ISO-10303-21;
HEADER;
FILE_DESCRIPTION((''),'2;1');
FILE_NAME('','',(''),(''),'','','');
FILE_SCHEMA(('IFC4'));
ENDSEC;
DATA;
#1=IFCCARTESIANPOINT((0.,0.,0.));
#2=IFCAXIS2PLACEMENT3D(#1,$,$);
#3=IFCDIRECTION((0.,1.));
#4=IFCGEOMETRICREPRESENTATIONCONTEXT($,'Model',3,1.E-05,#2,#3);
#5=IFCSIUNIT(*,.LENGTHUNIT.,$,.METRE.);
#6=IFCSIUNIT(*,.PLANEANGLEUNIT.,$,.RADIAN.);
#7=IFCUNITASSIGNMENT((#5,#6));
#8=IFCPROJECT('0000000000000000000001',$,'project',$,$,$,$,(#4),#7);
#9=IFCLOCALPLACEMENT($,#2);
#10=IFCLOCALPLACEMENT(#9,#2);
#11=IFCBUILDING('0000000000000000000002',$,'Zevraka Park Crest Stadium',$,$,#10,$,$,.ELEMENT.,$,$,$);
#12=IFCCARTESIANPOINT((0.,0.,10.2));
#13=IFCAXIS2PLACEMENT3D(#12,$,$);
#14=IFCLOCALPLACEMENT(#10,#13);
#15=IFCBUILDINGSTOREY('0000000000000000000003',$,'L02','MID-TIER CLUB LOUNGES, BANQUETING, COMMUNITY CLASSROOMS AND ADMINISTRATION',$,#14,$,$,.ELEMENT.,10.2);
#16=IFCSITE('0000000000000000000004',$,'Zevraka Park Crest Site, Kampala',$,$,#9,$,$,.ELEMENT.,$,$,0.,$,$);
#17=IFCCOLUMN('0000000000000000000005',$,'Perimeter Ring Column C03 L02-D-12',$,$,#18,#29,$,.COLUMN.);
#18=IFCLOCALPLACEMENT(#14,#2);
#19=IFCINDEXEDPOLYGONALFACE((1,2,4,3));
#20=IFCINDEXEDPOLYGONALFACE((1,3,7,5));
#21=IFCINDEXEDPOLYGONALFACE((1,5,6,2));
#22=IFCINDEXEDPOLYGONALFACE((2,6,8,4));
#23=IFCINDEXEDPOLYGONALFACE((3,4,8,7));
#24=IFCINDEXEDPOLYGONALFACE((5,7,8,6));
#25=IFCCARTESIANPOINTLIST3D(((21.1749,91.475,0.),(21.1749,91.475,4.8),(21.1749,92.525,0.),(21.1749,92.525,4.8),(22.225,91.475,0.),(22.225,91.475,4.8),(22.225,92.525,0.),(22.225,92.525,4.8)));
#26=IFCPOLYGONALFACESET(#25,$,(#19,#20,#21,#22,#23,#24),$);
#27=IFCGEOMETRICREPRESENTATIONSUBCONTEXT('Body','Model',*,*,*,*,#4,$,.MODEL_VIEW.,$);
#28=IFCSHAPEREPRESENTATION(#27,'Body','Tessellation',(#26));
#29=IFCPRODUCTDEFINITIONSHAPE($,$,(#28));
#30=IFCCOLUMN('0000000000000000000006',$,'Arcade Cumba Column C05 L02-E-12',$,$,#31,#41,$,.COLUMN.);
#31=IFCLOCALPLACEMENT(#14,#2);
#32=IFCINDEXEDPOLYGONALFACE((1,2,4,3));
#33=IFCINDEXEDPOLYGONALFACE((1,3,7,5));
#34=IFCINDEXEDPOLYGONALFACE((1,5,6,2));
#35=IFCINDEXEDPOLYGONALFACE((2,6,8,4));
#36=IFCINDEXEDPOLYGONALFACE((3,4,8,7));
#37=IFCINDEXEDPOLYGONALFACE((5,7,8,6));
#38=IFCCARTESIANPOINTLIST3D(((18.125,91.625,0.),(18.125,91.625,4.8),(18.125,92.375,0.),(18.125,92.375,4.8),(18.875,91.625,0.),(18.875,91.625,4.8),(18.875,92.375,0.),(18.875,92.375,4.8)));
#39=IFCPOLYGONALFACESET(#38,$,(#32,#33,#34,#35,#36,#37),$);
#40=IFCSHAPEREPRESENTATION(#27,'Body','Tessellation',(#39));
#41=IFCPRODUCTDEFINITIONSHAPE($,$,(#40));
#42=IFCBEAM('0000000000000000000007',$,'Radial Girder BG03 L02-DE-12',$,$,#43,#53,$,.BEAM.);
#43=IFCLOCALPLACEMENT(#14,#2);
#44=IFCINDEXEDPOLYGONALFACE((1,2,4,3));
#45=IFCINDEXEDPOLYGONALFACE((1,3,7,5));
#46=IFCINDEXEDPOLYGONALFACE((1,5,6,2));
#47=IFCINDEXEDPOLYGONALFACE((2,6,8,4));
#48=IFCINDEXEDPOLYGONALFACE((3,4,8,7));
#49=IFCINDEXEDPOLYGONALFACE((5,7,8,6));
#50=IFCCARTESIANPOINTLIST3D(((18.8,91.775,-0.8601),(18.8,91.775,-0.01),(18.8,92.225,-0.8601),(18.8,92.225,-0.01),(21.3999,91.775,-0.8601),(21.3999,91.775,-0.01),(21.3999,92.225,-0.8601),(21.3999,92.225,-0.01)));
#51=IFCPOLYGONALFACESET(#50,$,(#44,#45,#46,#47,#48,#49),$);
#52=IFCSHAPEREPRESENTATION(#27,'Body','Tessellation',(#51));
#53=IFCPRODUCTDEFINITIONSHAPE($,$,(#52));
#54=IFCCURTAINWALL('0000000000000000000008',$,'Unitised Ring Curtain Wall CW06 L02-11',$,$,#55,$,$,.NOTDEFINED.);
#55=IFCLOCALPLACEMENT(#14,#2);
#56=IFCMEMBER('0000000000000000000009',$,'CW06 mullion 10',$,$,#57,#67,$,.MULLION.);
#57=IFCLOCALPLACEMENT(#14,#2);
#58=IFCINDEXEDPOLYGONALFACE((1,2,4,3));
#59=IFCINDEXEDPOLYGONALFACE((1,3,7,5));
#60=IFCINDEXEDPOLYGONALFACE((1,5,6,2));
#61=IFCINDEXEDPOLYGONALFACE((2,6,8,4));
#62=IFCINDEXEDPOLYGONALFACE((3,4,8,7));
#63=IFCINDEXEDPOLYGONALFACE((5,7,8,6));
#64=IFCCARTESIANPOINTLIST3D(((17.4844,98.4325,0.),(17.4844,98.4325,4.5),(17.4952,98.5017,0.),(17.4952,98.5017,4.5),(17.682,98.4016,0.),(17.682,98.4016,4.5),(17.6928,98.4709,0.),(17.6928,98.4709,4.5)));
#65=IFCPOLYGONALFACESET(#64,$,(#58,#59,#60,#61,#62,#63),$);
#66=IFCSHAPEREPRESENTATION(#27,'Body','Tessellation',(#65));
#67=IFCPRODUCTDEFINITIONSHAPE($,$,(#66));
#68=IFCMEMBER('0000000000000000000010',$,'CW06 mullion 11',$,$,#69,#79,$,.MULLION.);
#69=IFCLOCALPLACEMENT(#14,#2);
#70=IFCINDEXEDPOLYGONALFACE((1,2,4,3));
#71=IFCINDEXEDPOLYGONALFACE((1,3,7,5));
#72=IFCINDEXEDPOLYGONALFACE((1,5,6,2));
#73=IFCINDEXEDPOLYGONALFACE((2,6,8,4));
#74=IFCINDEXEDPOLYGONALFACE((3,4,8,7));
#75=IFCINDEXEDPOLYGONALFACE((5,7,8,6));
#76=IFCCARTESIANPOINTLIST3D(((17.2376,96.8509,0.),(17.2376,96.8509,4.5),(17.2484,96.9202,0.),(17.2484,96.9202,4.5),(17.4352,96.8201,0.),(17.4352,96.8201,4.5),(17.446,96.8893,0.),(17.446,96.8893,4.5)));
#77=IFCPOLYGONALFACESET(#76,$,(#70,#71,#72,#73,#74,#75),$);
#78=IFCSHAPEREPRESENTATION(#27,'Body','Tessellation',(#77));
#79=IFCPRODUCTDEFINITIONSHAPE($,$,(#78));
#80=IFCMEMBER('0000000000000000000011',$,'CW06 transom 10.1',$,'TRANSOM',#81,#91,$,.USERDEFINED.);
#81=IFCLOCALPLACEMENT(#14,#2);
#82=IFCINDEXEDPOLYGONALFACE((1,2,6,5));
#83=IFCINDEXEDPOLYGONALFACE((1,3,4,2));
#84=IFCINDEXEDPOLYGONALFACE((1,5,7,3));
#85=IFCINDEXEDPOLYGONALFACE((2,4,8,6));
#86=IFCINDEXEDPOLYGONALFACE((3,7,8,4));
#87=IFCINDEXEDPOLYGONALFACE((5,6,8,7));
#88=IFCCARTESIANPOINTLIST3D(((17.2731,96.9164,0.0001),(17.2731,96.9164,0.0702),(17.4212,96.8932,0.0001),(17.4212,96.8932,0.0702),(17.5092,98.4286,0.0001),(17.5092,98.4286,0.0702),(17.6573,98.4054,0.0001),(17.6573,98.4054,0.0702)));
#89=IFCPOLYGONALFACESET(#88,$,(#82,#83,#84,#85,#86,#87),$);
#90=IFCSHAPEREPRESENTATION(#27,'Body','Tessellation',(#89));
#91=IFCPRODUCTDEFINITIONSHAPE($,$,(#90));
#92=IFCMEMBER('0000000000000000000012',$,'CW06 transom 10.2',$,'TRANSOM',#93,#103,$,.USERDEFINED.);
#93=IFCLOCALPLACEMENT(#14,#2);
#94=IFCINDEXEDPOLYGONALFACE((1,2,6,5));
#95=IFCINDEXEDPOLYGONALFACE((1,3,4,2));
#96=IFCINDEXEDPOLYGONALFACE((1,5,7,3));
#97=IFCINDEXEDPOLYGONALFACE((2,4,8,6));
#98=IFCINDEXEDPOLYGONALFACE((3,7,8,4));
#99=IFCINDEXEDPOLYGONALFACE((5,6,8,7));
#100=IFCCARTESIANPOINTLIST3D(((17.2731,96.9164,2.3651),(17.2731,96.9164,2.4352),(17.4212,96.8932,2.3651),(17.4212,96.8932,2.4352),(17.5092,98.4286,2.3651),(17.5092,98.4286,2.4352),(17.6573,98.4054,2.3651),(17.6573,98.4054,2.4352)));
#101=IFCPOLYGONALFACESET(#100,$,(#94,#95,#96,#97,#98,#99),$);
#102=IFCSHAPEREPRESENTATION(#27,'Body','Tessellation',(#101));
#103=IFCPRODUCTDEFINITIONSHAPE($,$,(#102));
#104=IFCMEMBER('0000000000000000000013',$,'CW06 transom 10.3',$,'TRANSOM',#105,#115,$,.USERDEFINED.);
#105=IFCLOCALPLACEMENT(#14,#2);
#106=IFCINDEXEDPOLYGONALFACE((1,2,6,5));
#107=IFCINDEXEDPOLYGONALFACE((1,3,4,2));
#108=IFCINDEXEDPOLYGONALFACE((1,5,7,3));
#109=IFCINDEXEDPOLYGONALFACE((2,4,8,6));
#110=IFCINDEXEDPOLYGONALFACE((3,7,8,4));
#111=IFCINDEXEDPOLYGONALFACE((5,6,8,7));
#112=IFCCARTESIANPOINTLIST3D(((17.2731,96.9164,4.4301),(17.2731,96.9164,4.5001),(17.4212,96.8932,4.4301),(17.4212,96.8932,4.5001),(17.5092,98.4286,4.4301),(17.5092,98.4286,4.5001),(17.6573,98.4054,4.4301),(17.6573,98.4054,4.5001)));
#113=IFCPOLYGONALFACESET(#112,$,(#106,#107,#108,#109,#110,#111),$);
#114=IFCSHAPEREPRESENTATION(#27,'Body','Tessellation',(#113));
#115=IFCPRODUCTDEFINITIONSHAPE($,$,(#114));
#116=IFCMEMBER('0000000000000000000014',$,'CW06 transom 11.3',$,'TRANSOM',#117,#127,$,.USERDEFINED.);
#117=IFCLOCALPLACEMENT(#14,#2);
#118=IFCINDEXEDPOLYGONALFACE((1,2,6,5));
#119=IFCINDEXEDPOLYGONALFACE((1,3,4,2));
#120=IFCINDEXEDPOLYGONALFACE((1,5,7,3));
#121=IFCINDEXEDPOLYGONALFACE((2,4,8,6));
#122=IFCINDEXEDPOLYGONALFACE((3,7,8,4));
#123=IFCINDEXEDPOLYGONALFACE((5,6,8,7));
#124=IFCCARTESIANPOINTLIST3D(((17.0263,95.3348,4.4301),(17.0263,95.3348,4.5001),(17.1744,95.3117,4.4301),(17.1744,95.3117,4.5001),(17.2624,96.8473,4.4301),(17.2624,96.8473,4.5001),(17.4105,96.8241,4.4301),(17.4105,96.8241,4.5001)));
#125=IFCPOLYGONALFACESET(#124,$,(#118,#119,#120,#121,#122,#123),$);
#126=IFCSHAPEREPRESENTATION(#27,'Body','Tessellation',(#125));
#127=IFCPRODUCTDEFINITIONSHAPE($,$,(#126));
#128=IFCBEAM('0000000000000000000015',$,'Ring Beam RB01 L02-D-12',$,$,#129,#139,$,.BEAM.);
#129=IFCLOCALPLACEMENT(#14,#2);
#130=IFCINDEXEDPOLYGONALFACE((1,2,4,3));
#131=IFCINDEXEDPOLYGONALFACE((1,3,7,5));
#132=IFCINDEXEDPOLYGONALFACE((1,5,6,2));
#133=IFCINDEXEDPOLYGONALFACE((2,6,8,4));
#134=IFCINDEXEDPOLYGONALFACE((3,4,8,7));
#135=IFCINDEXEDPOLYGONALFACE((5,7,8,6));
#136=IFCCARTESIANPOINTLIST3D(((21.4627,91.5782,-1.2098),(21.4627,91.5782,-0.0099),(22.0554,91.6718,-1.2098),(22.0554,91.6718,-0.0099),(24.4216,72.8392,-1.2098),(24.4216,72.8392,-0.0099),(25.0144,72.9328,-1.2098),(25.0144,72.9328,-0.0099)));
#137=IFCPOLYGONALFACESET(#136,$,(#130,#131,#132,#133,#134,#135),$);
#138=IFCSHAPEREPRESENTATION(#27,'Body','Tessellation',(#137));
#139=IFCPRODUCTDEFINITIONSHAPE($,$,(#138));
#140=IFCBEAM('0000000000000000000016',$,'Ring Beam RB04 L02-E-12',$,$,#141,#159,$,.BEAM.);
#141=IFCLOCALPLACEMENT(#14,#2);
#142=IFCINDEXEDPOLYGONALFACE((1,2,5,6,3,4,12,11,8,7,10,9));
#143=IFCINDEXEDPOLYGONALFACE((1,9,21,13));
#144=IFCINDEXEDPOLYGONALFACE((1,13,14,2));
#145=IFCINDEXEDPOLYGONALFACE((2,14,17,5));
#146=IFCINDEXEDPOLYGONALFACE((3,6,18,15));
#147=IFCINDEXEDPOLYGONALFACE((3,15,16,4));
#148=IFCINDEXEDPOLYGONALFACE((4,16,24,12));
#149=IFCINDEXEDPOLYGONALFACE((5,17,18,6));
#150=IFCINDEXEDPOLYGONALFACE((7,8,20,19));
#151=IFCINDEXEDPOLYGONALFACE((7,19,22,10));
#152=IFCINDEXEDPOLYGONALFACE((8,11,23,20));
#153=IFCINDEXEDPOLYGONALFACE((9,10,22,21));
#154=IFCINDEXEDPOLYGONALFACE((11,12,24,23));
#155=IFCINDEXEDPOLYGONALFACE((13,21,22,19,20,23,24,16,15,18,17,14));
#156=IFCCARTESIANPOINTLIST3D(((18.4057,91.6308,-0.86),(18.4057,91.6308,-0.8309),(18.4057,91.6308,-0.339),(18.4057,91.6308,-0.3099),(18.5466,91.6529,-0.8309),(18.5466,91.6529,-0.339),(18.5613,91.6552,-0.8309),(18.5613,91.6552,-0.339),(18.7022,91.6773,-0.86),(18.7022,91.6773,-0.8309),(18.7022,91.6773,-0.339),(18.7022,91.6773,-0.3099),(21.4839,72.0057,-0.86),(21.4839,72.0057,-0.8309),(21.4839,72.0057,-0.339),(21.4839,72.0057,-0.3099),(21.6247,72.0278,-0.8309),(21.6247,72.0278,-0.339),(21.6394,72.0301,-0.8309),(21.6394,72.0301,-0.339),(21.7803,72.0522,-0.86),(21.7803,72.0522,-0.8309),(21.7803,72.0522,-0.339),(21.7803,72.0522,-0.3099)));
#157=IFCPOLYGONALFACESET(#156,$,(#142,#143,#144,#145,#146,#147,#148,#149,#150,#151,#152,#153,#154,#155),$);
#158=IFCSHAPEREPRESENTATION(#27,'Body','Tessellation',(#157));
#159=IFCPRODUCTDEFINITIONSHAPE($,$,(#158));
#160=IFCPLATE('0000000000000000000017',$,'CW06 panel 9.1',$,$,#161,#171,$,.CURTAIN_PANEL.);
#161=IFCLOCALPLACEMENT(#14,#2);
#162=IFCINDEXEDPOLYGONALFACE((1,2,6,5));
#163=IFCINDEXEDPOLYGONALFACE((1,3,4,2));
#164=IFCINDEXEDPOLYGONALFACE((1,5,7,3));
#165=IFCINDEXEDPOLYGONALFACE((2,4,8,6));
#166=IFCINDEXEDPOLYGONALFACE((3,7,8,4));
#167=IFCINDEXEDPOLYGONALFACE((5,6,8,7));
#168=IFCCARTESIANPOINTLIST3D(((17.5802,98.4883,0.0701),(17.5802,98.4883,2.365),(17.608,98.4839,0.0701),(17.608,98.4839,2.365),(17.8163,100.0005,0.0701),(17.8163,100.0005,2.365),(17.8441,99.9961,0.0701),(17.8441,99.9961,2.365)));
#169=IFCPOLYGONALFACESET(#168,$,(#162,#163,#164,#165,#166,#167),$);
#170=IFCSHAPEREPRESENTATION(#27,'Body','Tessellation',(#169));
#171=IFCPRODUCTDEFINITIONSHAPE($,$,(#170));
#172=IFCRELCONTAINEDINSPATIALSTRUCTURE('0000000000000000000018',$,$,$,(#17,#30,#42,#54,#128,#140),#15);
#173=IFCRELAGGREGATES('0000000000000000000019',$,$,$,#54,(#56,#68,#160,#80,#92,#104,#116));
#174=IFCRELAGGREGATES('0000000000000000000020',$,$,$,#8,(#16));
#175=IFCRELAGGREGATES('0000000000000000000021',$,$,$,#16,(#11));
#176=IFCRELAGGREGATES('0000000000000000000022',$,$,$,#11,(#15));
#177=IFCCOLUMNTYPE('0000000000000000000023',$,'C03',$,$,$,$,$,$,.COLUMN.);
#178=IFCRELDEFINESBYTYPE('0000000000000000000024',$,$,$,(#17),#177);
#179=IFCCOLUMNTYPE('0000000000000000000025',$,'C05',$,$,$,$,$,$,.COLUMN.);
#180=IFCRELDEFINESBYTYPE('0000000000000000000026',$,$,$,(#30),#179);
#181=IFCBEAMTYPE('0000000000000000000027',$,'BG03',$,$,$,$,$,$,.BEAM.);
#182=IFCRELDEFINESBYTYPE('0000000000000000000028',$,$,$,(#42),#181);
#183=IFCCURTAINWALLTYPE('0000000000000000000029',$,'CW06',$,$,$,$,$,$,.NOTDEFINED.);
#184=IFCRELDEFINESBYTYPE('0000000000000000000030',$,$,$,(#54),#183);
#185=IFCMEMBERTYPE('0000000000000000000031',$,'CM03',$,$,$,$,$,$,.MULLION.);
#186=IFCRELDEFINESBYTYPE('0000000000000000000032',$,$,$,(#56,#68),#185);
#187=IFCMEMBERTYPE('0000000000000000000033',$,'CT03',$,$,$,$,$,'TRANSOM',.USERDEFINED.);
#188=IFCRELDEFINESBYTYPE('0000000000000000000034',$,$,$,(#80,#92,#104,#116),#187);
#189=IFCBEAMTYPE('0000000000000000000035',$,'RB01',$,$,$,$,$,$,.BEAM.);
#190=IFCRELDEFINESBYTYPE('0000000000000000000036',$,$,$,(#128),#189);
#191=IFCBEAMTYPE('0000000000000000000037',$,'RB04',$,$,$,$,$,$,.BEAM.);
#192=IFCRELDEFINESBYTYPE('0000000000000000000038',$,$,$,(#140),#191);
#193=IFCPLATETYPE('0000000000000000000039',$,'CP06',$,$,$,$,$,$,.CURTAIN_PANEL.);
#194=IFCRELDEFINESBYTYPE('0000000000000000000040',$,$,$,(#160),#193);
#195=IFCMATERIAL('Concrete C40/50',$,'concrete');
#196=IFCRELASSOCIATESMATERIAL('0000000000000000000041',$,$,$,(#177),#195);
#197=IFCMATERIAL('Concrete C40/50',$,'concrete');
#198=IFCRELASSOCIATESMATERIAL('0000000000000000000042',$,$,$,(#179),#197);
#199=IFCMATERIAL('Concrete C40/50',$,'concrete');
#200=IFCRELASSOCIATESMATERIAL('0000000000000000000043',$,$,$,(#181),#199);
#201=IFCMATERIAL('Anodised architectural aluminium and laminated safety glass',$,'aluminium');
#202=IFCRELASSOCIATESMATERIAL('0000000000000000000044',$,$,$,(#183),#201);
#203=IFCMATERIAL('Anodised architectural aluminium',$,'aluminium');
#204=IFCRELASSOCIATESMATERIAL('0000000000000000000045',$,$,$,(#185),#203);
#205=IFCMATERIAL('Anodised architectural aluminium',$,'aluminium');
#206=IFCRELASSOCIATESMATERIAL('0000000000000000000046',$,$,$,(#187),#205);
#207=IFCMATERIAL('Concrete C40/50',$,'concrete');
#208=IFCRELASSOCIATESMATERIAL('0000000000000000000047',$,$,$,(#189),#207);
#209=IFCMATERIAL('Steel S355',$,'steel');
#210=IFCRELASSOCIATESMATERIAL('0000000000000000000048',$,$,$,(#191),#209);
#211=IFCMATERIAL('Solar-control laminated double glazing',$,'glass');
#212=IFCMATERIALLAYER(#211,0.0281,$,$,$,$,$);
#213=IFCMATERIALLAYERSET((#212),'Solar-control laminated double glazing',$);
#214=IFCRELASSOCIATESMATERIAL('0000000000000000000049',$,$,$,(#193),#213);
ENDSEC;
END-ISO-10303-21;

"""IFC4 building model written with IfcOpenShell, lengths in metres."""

from ifc_helpers import new_model, si_unit, direction, frame, origin, origin_2d, place, context, subcontext, project, spatial, rectangle, i_section, extrude, material, layer, layer_set, material_profile, profile_set, type_object, element, aggregate, save


model = new_model("IFC4")

# Units and contexts
model_context = context("Model", 3, precision=1e-05, world=origin(), true_north=direction((0.0, 1.0)))
body_context = subcontext(model_context, "Body", "Model", "MODEL_VIEW")
ifc_project = project(units=[si_unit("LENGTHUNIT", "METRE"), si_unit("PLANEANGLEUNIT", "RADIAN")], contexts=[model_context])

# Site, building, storey
site_placement = place(None, origin())
site = spatial("IfcSite", under=ifc_project, at=site_placement, Name="Zevraka Park Crest Site, Kampala", CompositionType="ELEMENT", RefElevation=0.0)
building_placement = place(site_placement, origin())
building = spatial("IfcBuilding", under=site, at=building_placement, Name="Zevraka Park Crest Stadium", CompositionType="ELEMENT")
storey_placement = place(building_placement, frame((0.0, 0.0, 10.2)))
storey = spatial("IfcBuildingStorey", under=building, at=storey_placement, Name="L02", Description="MID-TIER CLUB LOUNGES, BANQUETING, COMMUNITY CLASSROOMS AND ADMINISTRATION", CompositionType="ELEMENT", Elevation=10.2)

# Columns
ifc_material_1 = material(Name="Concrete C40/50", Category="concrete")
ifc_material_profile_1 = material_profile(ifc_material_1, rectangle(XDim=1.05, YDim=1.05, at=origin_2d()), Name="RC 1050x1050")
ifc_profile_set_1 = profile_set([ifc_material_profile_1], Name="Concrete C40/50")
column_type_1 = type_object("IfcColumnType", Name="C03", PredefinedType="COLUMN", material=ifc_profile_set_1)
column_1_placement = place(storey_placement, frame((21.7, 92.0, 0.0), z_axis=(0.0, 0.0, 1.0), x_axis=(1.0, 0.0, 0.0)))
element("IfcColumn", 1, at=column_1_placement, inside=storey, type_object=column_type_1, Name="Perimeter Ring Column C03 L02-D-12", PredefinedType="COLUMN", context=body_context, shape_type="SweptSolid", body=[
    extrude(rectangle(XDim=1.05, YDim=1.05, at=origin_2d()), origin(), (0.0, 0.0, 1.0), 4.8),
])
ifc_material_2 = material(Name="Concrete C40/50", Category="concrete")
ifc_material_profile_2 = material_profile(ifc_material_2, rectangle(XDim=0.75, YDim=0.75, at=origin_2d()), Name="RC 750x750")
ifc_profile_set_2 = profile_set([ifc_material_profile_2], Name="Concrete C40/50")
column_type_2 = type_object("IfcColumnType", Name="C05", PredefinedType="COLUMN", material=ifc_profile_set_2)
column_2_placement = place(storey_placement, frame((18.5, 92.0, 0.0), z_axis=(0.0, 0.0, 1.0), x_axis=(1.0, 0.0, 0.0)))
element("IfcColumn", 2, at=column_2_placement, inside=storey, type_object=column_type_2, Name="Arcade Cumba Column C05 L02-E-12", PredefinedType="COLUMN", context=body_context, shape_type="SweptSolid", body=[
    extrude(rectangle(XDim=0.75, YDim=0.75, at=origin_2d()), origin(), (0.0, 0.0, 1.0), 4.8),
])

# Beam
ifc_material_3 = material(Name="Concrete C40/50", Category="concrete")
ifc_material_profile_3 = material_profile(ifc_material_3, rectangle(XDim=0.45, YDim=0.8501, at=origin_2d()), Name="RC 850x450")
ifc_profile_set_3 = profile_set([ifc_material_profile_3], Name="Concrete C40/50")
beam_type_1 = type_object("IfcBeamType", Name="BG03", PredefinedType="BEAM", material=ifc_profile_set_3)
beam_1_placement = place(storey_placement, frame((21.3999, 92.0, -0.4351), z_axis=(-1.0, 0.0, 0.0), x_axis=(0.0, -1.0, 0.0)))
element("IfcBeam", 3, at=beam_1_placement, inside=storey, type_object=beam_type_1, Name="Radial Girder BG03 L02-DE-12", PredefinedType="BEAM", context=body_context, shape_type="SweptSolid", body=[
    extrude(rectangle(XDim=0.45, YDim=0.8501, at=origin_2d()), origin(), (0.0, 0.0, 1.0), 2.5999),
])

# Curtain wall, members
ifc_material_4 = material(Name="Anodised architectural aluminium and laminated safety glass", Category="aluminium")
curtain_wall_type = type_object("IfcCurtainWallType", Name="CW06", PredefinedType="NOTDEFINED", material=ifc_material_4)
curtain_wall_placement = place(storey_placement, origin())
curtain_wall = element("IfcCurtainWall", 4, at=curtain_wall_placement, inside=storey, type_object=curtain_wall_type, Name="Unitised Ring Curtain Wall CW06 L02-11", PredefinedType="NOTDEFINED")
ifc_material_5 = material(Name="Anodised architectural aluminium", Category="aluminium")
ifc_material_profile_4 = material_profile(ifc_material_5, rectangle(XDim=0.2, YDim=0.0701, at=origin_2d()), Name="ALU MULLION 200x70")
ifc_profile_set_4 = profile_set([ifc_material_profile_4], Name="Anodised architectural aluminium")
member_type_1 = type_object("IfcMemberType", Name="CM03", PredefinedType="MULLION", material=ifc_profile_set_4)
member_1_placement = place(storey_placement, frame((17.5886, 98.4517, 0.0), z_axis=(0.0, 0.0, 1.0), x_axis=(0.988028, -0.154274, 0.0)))
member_1 = element("IfcMember", 5, at=member_1_placement, type_object=member_type_1, Name="CW06 mullion 10", PredefinedType="MULLION", context=body_context, shape_type="SweptSolid", body=[
    extrude(rectangle(XDim=0.2, YDim=0.0701, at=origin_2d()), origin(), (0.0, 0.0, 1.0), 4.5),
])
member_2_placement = place(storey_placement, frame((17.3418, 96.8701, 0.0), z_axis=(0.0, 0.0, 1.0), x_axis=(0.988028, -0.154274, 0.0)))
member_2 = element("IfcMember", 6, at=member_2_placement, type_object=member_type_1, Name="CW06 mullion 11", PredefinedType="MULLION", context=body_context, shape_type="SweptSolid", body=[
    extrude(rectangle(XDim=0.2, YDim=0.0701, at=origin_2d()), origin(), (0.0, 0.0, 1.0), 4.5),
])
ifc_material_6 = material(Name="Anodised architectural aluminium", Category="aluminium")
ifc_material_profile_5 = material_profile(ifc_material_6, rectangle(XDim=0.1499, YDim=0.0701, at=origin_2d()), Name="ALU TRANSOM 150x70")
ifc_profile_set_5 = profile_set([ifc_material_profile_5], Name="Anodised architectural aluminium")
member_type_2 = type_object("IfcMemberType", Name="CT03", ElementType="TRANSOM", PredefinedType="USERDEFINED", material=ifc_profile_set_5)
member_3_placement = place(storey_placement, frame((17.5833, 98.417, 0.0352), z_axis=(-0.15425, -0.988032, 0.0), x_axis=(0.988032, -0.15425, 0.0)))
member_3 = element("IfcMember", 7, at=member_3_placement, type_object=member_type_2, Name="CW06 transom 10.1", ObjectType="TRANSOM", PredefinedType="USERDEFINED", context=body_context, shape_type="SweptSolid", body=[
    extrude(rectangle(XDim=0.1499, YDim=0.0701, at=origin_2d()), origin(), (0.0, 0.0, 1.0), 1.5305),
])
member_4_placement = place(storey_placement, frame((17.5833, 98.417, 2.4001), z_axis=(-0.15425, -0.988032, 0.0), x_axis=(0.988032, -0.15425, 0.0)))
member_4 = element("IfcMember", 8, at=member_4_placement, type_object=member_type_2, Name="CW06 transom 10.2", ObjectType="TRANSOM", PredefinedType="USERDEFINED", context=body_context, shape_type="SweptSolid", body=[
    extrude(rectangle(XDim=0.1499, YDim=0.0701, at=origin_2d()), origin(), (0.0, 0.0, 1.0), 1.5305),
])
member_5_placement = place(storey_placement, frame((17.5833, 98.417, 4.4651), z_axis=(-0.15425, -0.988032, 0.0), x_axis=(0.988032, -0.15425, 0.0)))
member_5 = element("IfcMember", 9, at=member_5_placement, type_object=member_type_2, Name="CW06 transom 10.3", ObjectType="TRANSOM", PredefinedType="USERDEFINED", context=body_context, shape_type="SweptSolid", body=[
    extrude(rectangle(XDim=0.1499, YDim=0.0701, at=origin_2d()), origin(), (0.0, 0.0, 1.0), 1.5305),
])
member_6_placement = place(storey_placement, frame((17.3364, 96.8357, 4.4651), z_axis=(-0.154226, -0.988036, 0.0), x_axis=(0.988036, -0.154226, 0.0)))
member_6 = element("IfcMember", 10, at=member_6_placement, type_object=member_type_2, Name="CW06 transom 11.3", ObjectType="TRANSOM", PredefinedType="USERDEFINED", context=body_context, shape_type="SweptSolid", body=[
    extrude(rectangle(XDim=0.1499, YDim=0.0701, at=origin_2d()), origin(), (0.0, 0.0, 1.0), 1.5308),
])

# Beams
ifc_material_7 = material(Name="Concrete C40/50", Category="concrete")
ifc_material_profile_6 = material_profile(ifc_material_7, rectangle(XDim=0.6001, YDim=1.2, at=origin_2d()), Name="RC 1200x600")
ifc_profile_set_6 = profile_set([ifc_material_profile_6], Name="Concrete C40/50")
beam_type_2 = type_object("IfcBeamType", Name="RB01", PredefinedType="BEAM", material=ifc_profile_set_6)
beam_2_placement = place(storey_placement, frame((21.759, 91.625, -0.6099), z_axis=(0.155972, -0.987761, 0.0), x_axis=(0.987761, 0.155972, 0.0)))
element("IfcBeam", 11, at=beam_2_placement, inside=storey, type_object=beam_type_2, Name="Ring Beam RB01 L02-D-12", PredefinedType="BEAM", context=body_context, shape_type="SweptSolid", body=[
    extrude(rectangle(XDim=0.6001, YDim=1.2, at=origin_2d()), origin(), (0.0, 0.0, 1.0), 18.9712),
])
ifc_material_8 = material(Name="Steel S355", Category="steel")
ifc_material_profile_7 = material_profile(ifc_material_8, i_section(OverallWidth=0.3, OverallDepth=0.55, WebThickness=0.0149, FlangeThickness=0.0291, at=origin_2d()), Name="HEB 550")
ifc_profile_set_7 = profile_set([ifc_material_profile_7], Name="Steel S355")
beam_type_3 = type_object("IfcBeamType", Name="RB04", PredefinedType="BEAM", material=ifc_profile_set_7)
beam_3_placement = place(storey_placement, frame((18.554, 91.6541, -0.585), z_axis=(0.154953, -0.987922, 0.0), x_axis=(0.987922, 0.154953, 0.0)))
element("IfcBeam", 12, at=beam_3_placement, inside=storey, type_object=beam_type_3, Name="Ring Beam RB04 L02-E-12", PredefinedType="BEAM", context=body_context, shape_type="SweptSolid", body=[
    extrude(i_section(OverallWidth=0.3, OverallDepth=0.55, WebThickness=0.0149, FlangeThickness=0.0291, at=origin_2d()), origin(), (0.0, 0.0, 1.0), 19.865),
])

# Plate
ifc_material_9 = material(Name="Solar-control laminated double glazing", Category="glass")
ifc_layer_1 = layer(ifc_material_9, 0.0281)
ifc_layer_set_1 = layer_set([ifc_layer_1], Name="Solar-control laminated double glazing")
plate_type = type_object("IfcPlateType", Name="CP06", PredefinedType="CURTAIN_PANEL", material=ifc_layer_set_1)
plate_1_placement = place(storey_placement, frame((17.7122, 99.2422, 0.0701), z_axis=(0.0, 0.0, 1.0), x_axis=(-0.154274, -0.988028, 0.0)))
plate_1 = element("IfcPlate", 13, at=plate_1_placement, type_object=plate_type, Name="CW06 panel 9.1", PredefinedType="CURTAIN_PANEL", context=body_context, shape_type="SweptSolid", body=[
    extrude(rectangle(XDim=1.5305, YDim=0.0281, at=origin_2d()), origin(), (0.0, 0.0, 1.0), 2.2949),
])
aggregate(curtain_wall, [member_1, member_2, plate_1, member_3, member_4, member_5, member_6])

save(model, "model.ifc")
